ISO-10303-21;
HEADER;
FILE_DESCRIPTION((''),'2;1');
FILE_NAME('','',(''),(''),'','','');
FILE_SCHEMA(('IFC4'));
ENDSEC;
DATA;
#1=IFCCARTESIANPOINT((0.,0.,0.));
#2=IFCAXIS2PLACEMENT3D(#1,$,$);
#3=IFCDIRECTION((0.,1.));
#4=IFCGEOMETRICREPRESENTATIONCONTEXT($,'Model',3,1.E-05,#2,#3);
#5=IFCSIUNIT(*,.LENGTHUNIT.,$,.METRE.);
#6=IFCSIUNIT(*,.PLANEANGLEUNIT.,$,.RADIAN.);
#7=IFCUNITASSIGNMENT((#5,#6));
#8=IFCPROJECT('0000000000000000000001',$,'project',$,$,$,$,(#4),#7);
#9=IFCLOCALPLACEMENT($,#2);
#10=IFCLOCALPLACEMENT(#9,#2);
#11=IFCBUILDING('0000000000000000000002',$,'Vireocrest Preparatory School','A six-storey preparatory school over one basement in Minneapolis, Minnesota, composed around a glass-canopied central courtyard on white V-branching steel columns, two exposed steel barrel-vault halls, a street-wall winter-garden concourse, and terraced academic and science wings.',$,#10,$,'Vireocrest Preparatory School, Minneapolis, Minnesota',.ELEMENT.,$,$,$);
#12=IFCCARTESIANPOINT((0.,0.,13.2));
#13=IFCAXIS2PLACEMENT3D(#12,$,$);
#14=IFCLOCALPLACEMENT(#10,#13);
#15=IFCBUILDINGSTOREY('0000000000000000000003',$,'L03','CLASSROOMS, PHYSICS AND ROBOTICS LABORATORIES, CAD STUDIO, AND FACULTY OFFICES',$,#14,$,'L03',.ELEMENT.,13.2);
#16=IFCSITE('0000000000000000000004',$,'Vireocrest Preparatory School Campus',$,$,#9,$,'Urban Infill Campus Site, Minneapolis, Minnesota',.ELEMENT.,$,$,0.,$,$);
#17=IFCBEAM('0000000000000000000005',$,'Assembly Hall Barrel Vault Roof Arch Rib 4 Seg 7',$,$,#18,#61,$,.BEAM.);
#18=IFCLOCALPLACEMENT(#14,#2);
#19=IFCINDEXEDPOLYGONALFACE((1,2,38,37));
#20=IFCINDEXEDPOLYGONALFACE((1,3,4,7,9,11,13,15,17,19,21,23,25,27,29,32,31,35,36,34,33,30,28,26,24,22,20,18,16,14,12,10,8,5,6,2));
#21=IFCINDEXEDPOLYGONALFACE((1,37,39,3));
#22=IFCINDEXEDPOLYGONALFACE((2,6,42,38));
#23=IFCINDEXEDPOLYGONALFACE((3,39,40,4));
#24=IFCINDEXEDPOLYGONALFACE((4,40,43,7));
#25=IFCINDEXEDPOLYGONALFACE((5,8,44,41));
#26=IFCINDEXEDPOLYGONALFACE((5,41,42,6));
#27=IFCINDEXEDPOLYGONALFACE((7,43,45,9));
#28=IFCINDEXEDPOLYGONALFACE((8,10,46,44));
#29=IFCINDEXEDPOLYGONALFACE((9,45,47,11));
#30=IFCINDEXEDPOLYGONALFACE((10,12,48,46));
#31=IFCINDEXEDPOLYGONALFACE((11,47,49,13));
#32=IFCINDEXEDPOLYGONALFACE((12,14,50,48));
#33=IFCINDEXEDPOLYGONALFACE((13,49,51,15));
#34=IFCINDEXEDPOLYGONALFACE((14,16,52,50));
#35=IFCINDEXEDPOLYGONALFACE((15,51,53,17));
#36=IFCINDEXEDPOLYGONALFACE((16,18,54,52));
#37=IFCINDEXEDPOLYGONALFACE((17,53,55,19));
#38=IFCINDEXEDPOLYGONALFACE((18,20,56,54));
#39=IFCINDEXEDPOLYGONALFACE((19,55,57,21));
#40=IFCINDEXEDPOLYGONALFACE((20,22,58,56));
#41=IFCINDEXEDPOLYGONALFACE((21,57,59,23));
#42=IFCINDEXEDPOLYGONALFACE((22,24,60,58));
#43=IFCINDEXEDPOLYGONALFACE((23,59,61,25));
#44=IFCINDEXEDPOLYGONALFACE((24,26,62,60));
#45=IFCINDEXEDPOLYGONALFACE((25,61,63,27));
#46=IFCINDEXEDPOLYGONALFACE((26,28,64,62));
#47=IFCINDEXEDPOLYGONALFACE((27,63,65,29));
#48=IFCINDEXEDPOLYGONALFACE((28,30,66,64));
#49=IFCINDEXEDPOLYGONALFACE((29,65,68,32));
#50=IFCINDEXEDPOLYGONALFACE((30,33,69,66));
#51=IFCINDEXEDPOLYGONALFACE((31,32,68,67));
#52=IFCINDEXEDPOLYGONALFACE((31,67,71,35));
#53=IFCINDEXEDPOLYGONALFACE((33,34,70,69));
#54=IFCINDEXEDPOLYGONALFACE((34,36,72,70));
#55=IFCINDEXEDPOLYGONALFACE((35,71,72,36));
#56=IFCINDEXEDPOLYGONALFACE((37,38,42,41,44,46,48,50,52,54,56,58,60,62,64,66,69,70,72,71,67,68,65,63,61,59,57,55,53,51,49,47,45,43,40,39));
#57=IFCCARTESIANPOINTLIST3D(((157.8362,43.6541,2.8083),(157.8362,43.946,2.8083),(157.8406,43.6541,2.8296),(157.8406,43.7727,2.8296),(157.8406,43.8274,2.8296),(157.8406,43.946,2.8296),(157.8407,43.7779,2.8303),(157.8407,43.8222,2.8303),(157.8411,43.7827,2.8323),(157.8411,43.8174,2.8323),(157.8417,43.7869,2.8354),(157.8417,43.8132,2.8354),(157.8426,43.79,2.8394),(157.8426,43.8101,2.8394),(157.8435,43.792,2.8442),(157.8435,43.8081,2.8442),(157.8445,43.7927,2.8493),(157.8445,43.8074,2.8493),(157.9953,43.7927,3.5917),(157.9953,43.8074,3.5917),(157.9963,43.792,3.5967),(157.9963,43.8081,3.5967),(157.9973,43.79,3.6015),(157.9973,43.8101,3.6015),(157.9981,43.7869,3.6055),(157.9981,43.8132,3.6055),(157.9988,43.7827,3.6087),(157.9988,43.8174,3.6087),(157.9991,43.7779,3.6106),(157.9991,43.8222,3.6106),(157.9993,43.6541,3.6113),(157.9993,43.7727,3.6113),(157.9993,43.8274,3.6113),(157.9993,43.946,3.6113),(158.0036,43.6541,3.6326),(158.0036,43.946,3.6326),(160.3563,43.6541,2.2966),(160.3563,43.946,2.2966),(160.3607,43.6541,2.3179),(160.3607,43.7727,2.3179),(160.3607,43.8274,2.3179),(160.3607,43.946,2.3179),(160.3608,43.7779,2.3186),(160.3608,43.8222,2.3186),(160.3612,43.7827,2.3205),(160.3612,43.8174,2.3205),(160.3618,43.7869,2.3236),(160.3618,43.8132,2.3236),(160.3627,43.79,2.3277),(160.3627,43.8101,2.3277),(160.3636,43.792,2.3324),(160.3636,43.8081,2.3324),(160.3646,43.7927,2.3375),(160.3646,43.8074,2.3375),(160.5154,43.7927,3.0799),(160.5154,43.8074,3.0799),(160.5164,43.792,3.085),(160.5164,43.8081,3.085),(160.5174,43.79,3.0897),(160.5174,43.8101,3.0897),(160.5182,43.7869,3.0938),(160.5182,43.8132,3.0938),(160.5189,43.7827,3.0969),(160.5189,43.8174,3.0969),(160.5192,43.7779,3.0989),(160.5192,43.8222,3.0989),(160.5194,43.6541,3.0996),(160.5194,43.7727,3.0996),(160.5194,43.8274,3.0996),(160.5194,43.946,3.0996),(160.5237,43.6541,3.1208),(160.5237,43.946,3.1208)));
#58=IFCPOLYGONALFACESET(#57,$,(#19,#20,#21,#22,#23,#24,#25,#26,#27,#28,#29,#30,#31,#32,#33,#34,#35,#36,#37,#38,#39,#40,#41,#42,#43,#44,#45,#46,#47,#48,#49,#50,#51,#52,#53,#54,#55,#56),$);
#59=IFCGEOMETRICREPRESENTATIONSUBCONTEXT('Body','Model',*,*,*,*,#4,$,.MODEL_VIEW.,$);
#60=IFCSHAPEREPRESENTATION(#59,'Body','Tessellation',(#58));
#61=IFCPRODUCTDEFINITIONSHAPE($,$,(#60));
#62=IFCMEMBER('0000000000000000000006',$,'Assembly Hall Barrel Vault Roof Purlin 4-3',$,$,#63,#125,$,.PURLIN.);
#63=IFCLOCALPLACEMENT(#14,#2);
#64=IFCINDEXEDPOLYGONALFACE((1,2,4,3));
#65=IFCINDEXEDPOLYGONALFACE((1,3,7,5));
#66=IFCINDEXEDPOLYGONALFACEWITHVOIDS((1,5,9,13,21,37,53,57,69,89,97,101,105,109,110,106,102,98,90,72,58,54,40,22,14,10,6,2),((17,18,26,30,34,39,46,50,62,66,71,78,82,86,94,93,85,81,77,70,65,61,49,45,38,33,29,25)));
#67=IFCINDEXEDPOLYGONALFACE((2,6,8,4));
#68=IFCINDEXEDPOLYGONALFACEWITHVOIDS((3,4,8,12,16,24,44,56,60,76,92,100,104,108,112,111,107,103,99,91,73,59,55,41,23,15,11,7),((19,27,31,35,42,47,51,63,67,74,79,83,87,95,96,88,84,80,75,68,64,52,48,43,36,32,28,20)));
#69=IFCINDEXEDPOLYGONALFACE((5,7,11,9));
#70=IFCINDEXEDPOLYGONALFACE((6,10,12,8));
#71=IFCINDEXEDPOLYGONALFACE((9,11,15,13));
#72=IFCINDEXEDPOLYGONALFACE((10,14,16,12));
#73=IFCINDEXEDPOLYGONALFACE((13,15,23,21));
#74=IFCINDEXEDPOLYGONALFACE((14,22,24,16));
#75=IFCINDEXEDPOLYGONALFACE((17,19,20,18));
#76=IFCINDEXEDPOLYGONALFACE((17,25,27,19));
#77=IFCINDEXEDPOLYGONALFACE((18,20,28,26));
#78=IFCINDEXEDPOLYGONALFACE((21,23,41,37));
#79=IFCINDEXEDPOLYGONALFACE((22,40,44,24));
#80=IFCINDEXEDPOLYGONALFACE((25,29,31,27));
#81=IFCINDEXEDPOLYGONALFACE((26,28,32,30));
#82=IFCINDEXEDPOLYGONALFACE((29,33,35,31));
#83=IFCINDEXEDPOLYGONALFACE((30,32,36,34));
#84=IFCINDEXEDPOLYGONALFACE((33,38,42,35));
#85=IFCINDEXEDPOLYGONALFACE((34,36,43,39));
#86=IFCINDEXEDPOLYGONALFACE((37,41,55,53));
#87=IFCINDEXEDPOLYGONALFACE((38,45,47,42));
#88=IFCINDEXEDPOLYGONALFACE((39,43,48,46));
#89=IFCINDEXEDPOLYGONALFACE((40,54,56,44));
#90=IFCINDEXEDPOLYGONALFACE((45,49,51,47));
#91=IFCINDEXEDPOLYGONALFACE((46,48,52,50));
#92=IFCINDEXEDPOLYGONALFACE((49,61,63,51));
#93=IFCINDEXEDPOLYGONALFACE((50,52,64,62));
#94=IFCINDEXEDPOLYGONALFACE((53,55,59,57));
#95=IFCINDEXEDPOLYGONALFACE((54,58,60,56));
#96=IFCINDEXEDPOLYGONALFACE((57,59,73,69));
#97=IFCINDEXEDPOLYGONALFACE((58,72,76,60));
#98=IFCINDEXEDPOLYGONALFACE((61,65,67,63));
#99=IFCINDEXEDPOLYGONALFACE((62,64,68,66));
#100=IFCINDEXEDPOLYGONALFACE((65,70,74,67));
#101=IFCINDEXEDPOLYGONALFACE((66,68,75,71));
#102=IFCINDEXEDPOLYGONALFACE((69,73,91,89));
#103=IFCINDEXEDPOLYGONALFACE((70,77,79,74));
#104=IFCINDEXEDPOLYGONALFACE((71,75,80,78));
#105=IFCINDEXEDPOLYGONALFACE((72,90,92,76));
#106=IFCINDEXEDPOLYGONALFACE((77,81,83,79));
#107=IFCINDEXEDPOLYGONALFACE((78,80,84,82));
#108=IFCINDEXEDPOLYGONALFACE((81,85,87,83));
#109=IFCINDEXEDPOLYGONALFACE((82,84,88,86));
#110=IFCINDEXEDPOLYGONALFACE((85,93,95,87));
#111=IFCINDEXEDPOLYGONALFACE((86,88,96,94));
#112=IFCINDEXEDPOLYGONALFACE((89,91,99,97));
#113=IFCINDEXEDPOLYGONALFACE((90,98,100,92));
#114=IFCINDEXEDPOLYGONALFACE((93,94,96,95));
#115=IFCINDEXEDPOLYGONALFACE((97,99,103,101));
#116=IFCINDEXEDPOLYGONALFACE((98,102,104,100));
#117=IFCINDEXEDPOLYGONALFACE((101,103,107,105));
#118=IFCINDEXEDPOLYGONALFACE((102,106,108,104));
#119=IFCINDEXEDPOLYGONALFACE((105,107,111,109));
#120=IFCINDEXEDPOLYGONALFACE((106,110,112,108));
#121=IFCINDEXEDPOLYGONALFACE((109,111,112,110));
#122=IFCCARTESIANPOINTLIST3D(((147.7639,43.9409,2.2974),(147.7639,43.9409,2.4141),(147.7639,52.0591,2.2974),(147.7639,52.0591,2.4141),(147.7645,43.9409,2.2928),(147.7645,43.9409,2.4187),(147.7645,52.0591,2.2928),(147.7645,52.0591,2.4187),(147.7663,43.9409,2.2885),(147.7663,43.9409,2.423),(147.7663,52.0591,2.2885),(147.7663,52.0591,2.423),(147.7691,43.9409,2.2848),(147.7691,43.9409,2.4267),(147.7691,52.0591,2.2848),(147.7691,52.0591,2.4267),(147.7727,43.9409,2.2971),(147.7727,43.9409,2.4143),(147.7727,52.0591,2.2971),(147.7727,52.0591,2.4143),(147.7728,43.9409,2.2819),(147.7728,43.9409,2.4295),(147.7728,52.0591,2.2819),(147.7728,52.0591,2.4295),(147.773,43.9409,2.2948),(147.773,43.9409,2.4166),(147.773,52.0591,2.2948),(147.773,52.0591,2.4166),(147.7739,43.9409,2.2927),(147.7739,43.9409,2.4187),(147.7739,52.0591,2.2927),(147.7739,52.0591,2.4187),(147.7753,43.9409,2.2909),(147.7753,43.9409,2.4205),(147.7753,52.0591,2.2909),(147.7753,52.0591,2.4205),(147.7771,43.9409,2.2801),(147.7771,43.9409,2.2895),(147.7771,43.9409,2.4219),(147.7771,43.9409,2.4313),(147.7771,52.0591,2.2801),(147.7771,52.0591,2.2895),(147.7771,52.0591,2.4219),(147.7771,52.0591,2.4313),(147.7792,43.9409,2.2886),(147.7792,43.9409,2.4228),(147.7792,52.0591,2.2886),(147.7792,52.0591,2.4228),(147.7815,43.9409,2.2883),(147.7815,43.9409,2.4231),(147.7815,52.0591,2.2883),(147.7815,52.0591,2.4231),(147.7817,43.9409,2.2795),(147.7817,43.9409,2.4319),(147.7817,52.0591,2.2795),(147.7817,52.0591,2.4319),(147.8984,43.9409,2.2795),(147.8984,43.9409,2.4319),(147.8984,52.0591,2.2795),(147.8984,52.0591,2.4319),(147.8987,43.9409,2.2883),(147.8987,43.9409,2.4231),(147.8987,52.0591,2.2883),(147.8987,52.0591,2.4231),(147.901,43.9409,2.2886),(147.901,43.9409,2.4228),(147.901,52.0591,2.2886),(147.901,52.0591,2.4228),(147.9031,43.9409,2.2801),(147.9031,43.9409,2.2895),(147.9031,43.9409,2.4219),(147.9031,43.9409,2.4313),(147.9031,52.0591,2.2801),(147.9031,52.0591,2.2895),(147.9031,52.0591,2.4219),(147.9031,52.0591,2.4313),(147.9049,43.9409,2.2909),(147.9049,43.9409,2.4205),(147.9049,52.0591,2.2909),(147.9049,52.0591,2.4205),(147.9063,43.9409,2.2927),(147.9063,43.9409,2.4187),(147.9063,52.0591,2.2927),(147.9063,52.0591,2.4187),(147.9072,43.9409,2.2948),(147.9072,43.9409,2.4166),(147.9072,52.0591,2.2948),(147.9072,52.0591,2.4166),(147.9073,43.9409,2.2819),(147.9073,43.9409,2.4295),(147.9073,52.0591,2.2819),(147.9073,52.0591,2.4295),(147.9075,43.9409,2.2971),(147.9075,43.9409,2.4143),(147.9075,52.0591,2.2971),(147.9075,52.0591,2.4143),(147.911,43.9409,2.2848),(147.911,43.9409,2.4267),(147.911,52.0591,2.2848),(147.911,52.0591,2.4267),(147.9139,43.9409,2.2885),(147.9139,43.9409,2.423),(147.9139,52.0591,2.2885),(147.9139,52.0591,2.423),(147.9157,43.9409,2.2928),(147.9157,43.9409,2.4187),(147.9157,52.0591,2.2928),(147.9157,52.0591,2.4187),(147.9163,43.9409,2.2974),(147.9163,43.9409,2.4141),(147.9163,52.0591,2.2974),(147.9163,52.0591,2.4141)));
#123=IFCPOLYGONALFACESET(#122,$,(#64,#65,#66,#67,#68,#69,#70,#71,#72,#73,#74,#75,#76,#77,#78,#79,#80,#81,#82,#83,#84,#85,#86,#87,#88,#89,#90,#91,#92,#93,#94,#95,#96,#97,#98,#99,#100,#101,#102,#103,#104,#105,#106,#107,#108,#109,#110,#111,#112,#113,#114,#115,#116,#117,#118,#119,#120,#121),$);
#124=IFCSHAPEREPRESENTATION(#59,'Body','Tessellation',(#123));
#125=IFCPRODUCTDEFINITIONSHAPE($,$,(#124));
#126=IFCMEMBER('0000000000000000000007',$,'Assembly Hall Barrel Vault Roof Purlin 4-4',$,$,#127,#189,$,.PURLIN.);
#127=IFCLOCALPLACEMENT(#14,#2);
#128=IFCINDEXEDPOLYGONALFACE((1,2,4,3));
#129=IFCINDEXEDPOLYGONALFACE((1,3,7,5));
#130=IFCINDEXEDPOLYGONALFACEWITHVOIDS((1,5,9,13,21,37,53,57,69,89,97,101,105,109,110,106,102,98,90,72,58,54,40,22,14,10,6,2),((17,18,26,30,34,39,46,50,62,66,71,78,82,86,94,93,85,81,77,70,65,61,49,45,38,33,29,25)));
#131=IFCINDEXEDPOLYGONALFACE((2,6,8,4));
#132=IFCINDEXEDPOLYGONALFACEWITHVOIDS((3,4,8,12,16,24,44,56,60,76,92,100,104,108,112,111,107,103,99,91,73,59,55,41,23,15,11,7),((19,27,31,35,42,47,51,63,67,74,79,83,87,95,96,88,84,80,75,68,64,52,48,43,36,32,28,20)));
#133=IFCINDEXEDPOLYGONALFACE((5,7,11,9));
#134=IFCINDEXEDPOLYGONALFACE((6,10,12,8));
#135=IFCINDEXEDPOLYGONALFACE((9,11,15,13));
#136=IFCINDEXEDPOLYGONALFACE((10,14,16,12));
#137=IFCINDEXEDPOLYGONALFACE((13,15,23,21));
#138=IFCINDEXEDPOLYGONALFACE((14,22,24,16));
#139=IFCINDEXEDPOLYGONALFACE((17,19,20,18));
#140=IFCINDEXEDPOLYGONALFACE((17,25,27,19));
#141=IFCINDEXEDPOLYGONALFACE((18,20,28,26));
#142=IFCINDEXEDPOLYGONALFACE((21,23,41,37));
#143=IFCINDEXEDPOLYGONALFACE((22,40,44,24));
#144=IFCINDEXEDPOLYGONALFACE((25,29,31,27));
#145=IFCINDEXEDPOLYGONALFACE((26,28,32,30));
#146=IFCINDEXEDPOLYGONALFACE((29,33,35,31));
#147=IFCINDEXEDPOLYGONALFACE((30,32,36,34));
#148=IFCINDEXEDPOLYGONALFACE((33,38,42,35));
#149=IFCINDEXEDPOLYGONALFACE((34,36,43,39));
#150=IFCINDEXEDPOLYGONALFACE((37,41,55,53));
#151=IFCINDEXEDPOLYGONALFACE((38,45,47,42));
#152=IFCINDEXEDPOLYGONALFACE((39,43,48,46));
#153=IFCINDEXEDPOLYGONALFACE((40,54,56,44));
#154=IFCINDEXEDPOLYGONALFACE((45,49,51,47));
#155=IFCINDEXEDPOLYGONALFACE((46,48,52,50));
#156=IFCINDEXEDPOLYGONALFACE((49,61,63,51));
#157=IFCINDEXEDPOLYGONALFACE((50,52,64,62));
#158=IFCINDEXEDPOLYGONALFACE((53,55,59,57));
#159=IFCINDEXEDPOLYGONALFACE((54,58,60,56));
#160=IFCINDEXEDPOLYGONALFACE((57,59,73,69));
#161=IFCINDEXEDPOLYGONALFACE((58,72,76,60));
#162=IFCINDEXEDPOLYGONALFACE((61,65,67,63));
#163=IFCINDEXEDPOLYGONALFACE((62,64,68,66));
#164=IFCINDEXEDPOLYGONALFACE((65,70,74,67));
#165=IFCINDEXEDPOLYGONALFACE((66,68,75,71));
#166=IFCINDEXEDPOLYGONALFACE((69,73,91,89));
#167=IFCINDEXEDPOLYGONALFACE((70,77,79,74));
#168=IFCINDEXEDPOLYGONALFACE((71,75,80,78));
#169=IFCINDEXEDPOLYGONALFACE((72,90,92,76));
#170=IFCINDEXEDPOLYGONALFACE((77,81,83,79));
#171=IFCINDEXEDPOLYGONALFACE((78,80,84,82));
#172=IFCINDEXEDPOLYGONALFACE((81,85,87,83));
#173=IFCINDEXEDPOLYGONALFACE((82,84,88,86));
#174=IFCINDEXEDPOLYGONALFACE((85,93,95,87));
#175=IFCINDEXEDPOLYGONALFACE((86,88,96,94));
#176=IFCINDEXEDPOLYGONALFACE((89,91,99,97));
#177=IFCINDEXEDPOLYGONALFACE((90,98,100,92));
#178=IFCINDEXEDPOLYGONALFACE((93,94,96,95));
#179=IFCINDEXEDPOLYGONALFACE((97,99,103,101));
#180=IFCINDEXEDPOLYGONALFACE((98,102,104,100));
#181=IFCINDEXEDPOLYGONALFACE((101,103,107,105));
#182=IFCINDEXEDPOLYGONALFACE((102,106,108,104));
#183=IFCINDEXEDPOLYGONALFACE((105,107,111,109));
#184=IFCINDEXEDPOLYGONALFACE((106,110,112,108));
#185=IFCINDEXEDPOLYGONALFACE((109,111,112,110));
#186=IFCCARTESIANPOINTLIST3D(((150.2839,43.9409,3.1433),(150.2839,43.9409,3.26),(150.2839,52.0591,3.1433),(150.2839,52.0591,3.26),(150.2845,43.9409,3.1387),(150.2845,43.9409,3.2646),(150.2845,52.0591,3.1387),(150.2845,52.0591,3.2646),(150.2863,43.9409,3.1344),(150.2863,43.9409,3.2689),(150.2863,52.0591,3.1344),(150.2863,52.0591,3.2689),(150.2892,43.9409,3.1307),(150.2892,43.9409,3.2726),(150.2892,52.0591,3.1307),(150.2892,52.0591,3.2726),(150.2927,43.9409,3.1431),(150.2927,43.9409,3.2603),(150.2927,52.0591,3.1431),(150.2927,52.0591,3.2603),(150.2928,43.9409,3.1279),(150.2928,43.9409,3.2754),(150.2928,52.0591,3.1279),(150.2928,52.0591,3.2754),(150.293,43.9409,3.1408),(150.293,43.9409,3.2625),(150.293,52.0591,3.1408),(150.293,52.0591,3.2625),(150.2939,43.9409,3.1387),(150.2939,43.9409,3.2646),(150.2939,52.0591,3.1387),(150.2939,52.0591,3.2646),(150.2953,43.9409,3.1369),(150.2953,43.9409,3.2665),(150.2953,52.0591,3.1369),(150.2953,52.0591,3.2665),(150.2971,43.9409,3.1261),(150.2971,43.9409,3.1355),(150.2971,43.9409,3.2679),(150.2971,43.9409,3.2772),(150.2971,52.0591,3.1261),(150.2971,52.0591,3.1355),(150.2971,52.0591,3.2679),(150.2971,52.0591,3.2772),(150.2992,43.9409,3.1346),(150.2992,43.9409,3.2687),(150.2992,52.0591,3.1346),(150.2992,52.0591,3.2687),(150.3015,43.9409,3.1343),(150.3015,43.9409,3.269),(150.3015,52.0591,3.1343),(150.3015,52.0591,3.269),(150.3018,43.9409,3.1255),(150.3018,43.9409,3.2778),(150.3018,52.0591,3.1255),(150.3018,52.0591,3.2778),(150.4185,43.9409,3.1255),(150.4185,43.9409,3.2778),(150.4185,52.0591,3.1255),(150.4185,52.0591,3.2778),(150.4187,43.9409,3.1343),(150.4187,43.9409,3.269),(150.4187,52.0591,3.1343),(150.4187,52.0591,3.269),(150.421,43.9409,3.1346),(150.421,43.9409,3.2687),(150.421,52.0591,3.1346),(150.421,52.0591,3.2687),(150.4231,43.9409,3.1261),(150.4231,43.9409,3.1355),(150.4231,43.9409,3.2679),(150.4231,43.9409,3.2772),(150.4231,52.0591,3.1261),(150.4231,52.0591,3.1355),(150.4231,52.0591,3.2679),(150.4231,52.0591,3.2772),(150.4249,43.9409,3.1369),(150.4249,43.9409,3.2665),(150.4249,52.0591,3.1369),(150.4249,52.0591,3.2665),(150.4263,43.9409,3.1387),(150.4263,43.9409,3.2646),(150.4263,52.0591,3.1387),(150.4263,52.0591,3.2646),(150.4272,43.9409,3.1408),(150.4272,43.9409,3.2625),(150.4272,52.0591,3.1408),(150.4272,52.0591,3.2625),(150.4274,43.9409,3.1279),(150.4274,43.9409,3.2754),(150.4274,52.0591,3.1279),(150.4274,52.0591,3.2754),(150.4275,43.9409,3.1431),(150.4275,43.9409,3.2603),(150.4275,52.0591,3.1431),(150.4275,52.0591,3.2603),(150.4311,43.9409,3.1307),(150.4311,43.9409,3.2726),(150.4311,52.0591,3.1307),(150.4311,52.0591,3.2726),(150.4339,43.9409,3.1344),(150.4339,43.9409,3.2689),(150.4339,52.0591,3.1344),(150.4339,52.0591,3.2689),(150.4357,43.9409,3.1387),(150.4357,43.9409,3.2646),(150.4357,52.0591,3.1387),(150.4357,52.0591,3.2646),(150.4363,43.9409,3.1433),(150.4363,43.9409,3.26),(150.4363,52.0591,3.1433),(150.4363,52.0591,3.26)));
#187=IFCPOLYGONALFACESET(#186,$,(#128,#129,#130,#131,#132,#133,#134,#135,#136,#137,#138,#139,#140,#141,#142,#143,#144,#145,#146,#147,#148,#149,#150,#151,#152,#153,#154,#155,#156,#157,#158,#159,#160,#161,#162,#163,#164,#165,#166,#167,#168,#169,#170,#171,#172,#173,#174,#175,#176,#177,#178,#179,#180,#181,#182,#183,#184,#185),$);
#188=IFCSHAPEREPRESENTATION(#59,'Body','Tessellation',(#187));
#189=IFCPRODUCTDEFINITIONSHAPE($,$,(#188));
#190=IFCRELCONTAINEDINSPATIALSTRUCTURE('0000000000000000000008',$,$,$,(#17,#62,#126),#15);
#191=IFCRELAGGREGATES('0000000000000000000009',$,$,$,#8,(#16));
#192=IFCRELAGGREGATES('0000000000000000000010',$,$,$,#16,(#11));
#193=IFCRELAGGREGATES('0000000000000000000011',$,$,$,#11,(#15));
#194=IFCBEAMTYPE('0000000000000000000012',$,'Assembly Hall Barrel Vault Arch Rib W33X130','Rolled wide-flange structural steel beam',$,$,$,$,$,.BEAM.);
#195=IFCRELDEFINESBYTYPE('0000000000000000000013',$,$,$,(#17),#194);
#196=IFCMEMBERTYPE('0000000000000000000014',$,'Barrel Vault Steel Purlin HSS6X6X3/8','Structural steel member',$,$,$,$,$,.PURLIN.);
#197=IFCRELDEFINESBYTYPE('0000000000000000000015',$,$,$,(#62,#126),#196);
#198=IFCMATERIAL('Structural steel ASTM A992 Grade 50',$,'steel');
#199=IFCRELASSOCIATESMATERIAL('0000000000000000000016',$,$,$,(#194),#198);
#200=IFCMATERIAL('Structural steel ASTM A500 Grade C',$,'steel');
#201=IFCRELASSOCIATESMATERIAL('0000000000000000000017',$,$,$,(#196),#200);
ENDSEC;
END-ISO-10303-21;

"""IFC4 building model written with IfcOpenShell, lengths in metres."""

from ifc_helpers import new_model, si_unit, direction, frame, origin, origin_2d, place, context, subcontext, project, spatial, hollow_rectangle, i_section, extrude, material, material_profile, profile_set, type_object, element, save


model = new_model("IFC4")

# Units and contexts
model_context = context("Model", 3, precision=1e-05, world=origin(), true_north=direction((0.0, 1.0)))
body_context = subcontext(model_context, "Body", "Model", "MODEL_VIEW")
ifc_project = project(units=[si_unit("LENGTHUNIT", "METRE"), si_unit("PLANEANGLEUNIT", "RADIAN")], contexts=[model_context])

# Site, building, storey
site_placement = place(None, origin())
site = spatial("IfcSite", under=ifc_project, at=site_placement, Name="Vireocrest Preparatory School Campus", LongName="Urban Infill Campus Site, Minneapolis, Minnesota", CompositionType="ELEMENT", RefElevation=0.0)
building_placement = place(site_placement, origin())
building = spatial("IfcBuilding", under=site, at=building_placement, Name="Vireocrest Preparatory School", Description="A six-storey preparatory school over one basement in Minneapolis, Minnesota, composed around a glass-canopied central courtyard on white V-branching steel columns, two exposed steel barrel-vault halls, a street-wall winter-garden concourse, and terraced academic and science wings.", LongName="Vireocrest Preparatory School, Minneapolis, Minnesota", CompositionType="ELEMENT")
storey_placement = place(building_placement, frame((0.0, 0.0, 13.2)))
storey = spatial("IfcBuildingStorey", under=building, at=storey_placement, Name="L03", Description="CLASSROOMS, PHYSICS AND ROBOTICS LABORATORIES, CAD STUDIO, AND FACULTY OFFICES", LongName="L03", CompositionType="ELEMENT", Elevation=13.2)

# Beam
ifc_material_1 = material(Name="Structural steel ASTM A992 Grade 50", Category="steel")
ifc_material_profile_1 = material_profile(ifc_material_1, i_section(OverallWidth=0.292, OverallDepth=0.8411, WebThickness=0.0146, FlangeThickness=0.0217, FilletRadius=0.02, at=origin_2d()), Name="W33X130")
ifc_profile_set_1 = profile_set([ifc_material_profile_1], Name="Structural steel ASTM A992 Grade 50")
beam_type = type_object("IfcBeamType", Name="Assembly Hall Barrel Vault Arch Rib W33X130", Description="Rolled wide-flange structural steel beam", PredefinedType="BEAM", material=ifc_profile_set_1)
beam_1_placement = place(storey_placement, frame((157.9199, 43.8, 3.2205), z_axis=(0.979999, 0.0, -0.199), x_axis=(0.0, 1.0, 0.0)))
element("IfcBeam", 1, at=beam_1_placement, inside=storey, type_object=beam_type, Name="Assembly Hall Barrel Vault Roof Arch Rib 4 Seg 7", PredefinedType="BEAM", context=body_context, shape_type="SweptSolid", body=[
    extrude(i_section(OverallWidth=0.292, OverallDepth=0.8411, WebThickness=0.0146, FlangeThickness=0.0217, FilletRadius=0.02, at=origin_2d()), origin(), (0.0, 0.0, 1.0), 2.5715),
])

# Members
ifc_material_2 = material(Name="Structural steel ASTM A500 Grade C", Category="steel")
ifc_material_profile_2 = material_profile(ifc_material_2, hollow_rectangle(XDim=0.1523, YDim=0.1523, WallThickness=0.0088, InnerFilletRadius=0.0088, OuterFilletRadius=0.0178, at=origin_2d()), Name="HSS6X6X3/8")
ifc_profile_set_2 = profile_set([ifc_material_profile_2], Name="Structural steel ASTM A500 Grade C")
member_type_1 = type_object("IfcMemberType", Name="Barrel Vault Steel Purlin HSS6X6X3/8", Description="Structural steel member", PredefinedType="PURLIN", material=ifc_profile_set_2)
for number, where, z_axis, x_axis, name in (
    (2, (147.8401, 43.9409, 2.3557), (0.0, 1.0, 0.0), (-1.0, 0.0, 0.0), "Assembly Hall Barrel Vault Roof Purlin 4-3"),
    (3, (150.3601, 43.9409, 3.2017), (0.0, 1.0, 0.0), (-1.0, 0.0, 0.0), "Assembly Hall Barrel Vault Roof Purlin 4-4"),
):
    element("IfcMember", number, at=place(storey_placement, frame(where, z_axis=z_axis, x_axis=x_axis)), inside=storey, type_object=member_type_1, Name=name, PredefinedType="PURLIN", context=body_context, shape_type="SweptSolid", body=[
        extrude(hollow_rectangle(XDim=0.1523, YDim=0.1523, WallThickness=0.0088, InnerFilletRadius=0.0088, OuterFilletRadius=0.0178, at=origin_2d()), origin(), (0.0, 0.0, 1.0), 8.1182),
    ])

save(model, "model.ifc")
